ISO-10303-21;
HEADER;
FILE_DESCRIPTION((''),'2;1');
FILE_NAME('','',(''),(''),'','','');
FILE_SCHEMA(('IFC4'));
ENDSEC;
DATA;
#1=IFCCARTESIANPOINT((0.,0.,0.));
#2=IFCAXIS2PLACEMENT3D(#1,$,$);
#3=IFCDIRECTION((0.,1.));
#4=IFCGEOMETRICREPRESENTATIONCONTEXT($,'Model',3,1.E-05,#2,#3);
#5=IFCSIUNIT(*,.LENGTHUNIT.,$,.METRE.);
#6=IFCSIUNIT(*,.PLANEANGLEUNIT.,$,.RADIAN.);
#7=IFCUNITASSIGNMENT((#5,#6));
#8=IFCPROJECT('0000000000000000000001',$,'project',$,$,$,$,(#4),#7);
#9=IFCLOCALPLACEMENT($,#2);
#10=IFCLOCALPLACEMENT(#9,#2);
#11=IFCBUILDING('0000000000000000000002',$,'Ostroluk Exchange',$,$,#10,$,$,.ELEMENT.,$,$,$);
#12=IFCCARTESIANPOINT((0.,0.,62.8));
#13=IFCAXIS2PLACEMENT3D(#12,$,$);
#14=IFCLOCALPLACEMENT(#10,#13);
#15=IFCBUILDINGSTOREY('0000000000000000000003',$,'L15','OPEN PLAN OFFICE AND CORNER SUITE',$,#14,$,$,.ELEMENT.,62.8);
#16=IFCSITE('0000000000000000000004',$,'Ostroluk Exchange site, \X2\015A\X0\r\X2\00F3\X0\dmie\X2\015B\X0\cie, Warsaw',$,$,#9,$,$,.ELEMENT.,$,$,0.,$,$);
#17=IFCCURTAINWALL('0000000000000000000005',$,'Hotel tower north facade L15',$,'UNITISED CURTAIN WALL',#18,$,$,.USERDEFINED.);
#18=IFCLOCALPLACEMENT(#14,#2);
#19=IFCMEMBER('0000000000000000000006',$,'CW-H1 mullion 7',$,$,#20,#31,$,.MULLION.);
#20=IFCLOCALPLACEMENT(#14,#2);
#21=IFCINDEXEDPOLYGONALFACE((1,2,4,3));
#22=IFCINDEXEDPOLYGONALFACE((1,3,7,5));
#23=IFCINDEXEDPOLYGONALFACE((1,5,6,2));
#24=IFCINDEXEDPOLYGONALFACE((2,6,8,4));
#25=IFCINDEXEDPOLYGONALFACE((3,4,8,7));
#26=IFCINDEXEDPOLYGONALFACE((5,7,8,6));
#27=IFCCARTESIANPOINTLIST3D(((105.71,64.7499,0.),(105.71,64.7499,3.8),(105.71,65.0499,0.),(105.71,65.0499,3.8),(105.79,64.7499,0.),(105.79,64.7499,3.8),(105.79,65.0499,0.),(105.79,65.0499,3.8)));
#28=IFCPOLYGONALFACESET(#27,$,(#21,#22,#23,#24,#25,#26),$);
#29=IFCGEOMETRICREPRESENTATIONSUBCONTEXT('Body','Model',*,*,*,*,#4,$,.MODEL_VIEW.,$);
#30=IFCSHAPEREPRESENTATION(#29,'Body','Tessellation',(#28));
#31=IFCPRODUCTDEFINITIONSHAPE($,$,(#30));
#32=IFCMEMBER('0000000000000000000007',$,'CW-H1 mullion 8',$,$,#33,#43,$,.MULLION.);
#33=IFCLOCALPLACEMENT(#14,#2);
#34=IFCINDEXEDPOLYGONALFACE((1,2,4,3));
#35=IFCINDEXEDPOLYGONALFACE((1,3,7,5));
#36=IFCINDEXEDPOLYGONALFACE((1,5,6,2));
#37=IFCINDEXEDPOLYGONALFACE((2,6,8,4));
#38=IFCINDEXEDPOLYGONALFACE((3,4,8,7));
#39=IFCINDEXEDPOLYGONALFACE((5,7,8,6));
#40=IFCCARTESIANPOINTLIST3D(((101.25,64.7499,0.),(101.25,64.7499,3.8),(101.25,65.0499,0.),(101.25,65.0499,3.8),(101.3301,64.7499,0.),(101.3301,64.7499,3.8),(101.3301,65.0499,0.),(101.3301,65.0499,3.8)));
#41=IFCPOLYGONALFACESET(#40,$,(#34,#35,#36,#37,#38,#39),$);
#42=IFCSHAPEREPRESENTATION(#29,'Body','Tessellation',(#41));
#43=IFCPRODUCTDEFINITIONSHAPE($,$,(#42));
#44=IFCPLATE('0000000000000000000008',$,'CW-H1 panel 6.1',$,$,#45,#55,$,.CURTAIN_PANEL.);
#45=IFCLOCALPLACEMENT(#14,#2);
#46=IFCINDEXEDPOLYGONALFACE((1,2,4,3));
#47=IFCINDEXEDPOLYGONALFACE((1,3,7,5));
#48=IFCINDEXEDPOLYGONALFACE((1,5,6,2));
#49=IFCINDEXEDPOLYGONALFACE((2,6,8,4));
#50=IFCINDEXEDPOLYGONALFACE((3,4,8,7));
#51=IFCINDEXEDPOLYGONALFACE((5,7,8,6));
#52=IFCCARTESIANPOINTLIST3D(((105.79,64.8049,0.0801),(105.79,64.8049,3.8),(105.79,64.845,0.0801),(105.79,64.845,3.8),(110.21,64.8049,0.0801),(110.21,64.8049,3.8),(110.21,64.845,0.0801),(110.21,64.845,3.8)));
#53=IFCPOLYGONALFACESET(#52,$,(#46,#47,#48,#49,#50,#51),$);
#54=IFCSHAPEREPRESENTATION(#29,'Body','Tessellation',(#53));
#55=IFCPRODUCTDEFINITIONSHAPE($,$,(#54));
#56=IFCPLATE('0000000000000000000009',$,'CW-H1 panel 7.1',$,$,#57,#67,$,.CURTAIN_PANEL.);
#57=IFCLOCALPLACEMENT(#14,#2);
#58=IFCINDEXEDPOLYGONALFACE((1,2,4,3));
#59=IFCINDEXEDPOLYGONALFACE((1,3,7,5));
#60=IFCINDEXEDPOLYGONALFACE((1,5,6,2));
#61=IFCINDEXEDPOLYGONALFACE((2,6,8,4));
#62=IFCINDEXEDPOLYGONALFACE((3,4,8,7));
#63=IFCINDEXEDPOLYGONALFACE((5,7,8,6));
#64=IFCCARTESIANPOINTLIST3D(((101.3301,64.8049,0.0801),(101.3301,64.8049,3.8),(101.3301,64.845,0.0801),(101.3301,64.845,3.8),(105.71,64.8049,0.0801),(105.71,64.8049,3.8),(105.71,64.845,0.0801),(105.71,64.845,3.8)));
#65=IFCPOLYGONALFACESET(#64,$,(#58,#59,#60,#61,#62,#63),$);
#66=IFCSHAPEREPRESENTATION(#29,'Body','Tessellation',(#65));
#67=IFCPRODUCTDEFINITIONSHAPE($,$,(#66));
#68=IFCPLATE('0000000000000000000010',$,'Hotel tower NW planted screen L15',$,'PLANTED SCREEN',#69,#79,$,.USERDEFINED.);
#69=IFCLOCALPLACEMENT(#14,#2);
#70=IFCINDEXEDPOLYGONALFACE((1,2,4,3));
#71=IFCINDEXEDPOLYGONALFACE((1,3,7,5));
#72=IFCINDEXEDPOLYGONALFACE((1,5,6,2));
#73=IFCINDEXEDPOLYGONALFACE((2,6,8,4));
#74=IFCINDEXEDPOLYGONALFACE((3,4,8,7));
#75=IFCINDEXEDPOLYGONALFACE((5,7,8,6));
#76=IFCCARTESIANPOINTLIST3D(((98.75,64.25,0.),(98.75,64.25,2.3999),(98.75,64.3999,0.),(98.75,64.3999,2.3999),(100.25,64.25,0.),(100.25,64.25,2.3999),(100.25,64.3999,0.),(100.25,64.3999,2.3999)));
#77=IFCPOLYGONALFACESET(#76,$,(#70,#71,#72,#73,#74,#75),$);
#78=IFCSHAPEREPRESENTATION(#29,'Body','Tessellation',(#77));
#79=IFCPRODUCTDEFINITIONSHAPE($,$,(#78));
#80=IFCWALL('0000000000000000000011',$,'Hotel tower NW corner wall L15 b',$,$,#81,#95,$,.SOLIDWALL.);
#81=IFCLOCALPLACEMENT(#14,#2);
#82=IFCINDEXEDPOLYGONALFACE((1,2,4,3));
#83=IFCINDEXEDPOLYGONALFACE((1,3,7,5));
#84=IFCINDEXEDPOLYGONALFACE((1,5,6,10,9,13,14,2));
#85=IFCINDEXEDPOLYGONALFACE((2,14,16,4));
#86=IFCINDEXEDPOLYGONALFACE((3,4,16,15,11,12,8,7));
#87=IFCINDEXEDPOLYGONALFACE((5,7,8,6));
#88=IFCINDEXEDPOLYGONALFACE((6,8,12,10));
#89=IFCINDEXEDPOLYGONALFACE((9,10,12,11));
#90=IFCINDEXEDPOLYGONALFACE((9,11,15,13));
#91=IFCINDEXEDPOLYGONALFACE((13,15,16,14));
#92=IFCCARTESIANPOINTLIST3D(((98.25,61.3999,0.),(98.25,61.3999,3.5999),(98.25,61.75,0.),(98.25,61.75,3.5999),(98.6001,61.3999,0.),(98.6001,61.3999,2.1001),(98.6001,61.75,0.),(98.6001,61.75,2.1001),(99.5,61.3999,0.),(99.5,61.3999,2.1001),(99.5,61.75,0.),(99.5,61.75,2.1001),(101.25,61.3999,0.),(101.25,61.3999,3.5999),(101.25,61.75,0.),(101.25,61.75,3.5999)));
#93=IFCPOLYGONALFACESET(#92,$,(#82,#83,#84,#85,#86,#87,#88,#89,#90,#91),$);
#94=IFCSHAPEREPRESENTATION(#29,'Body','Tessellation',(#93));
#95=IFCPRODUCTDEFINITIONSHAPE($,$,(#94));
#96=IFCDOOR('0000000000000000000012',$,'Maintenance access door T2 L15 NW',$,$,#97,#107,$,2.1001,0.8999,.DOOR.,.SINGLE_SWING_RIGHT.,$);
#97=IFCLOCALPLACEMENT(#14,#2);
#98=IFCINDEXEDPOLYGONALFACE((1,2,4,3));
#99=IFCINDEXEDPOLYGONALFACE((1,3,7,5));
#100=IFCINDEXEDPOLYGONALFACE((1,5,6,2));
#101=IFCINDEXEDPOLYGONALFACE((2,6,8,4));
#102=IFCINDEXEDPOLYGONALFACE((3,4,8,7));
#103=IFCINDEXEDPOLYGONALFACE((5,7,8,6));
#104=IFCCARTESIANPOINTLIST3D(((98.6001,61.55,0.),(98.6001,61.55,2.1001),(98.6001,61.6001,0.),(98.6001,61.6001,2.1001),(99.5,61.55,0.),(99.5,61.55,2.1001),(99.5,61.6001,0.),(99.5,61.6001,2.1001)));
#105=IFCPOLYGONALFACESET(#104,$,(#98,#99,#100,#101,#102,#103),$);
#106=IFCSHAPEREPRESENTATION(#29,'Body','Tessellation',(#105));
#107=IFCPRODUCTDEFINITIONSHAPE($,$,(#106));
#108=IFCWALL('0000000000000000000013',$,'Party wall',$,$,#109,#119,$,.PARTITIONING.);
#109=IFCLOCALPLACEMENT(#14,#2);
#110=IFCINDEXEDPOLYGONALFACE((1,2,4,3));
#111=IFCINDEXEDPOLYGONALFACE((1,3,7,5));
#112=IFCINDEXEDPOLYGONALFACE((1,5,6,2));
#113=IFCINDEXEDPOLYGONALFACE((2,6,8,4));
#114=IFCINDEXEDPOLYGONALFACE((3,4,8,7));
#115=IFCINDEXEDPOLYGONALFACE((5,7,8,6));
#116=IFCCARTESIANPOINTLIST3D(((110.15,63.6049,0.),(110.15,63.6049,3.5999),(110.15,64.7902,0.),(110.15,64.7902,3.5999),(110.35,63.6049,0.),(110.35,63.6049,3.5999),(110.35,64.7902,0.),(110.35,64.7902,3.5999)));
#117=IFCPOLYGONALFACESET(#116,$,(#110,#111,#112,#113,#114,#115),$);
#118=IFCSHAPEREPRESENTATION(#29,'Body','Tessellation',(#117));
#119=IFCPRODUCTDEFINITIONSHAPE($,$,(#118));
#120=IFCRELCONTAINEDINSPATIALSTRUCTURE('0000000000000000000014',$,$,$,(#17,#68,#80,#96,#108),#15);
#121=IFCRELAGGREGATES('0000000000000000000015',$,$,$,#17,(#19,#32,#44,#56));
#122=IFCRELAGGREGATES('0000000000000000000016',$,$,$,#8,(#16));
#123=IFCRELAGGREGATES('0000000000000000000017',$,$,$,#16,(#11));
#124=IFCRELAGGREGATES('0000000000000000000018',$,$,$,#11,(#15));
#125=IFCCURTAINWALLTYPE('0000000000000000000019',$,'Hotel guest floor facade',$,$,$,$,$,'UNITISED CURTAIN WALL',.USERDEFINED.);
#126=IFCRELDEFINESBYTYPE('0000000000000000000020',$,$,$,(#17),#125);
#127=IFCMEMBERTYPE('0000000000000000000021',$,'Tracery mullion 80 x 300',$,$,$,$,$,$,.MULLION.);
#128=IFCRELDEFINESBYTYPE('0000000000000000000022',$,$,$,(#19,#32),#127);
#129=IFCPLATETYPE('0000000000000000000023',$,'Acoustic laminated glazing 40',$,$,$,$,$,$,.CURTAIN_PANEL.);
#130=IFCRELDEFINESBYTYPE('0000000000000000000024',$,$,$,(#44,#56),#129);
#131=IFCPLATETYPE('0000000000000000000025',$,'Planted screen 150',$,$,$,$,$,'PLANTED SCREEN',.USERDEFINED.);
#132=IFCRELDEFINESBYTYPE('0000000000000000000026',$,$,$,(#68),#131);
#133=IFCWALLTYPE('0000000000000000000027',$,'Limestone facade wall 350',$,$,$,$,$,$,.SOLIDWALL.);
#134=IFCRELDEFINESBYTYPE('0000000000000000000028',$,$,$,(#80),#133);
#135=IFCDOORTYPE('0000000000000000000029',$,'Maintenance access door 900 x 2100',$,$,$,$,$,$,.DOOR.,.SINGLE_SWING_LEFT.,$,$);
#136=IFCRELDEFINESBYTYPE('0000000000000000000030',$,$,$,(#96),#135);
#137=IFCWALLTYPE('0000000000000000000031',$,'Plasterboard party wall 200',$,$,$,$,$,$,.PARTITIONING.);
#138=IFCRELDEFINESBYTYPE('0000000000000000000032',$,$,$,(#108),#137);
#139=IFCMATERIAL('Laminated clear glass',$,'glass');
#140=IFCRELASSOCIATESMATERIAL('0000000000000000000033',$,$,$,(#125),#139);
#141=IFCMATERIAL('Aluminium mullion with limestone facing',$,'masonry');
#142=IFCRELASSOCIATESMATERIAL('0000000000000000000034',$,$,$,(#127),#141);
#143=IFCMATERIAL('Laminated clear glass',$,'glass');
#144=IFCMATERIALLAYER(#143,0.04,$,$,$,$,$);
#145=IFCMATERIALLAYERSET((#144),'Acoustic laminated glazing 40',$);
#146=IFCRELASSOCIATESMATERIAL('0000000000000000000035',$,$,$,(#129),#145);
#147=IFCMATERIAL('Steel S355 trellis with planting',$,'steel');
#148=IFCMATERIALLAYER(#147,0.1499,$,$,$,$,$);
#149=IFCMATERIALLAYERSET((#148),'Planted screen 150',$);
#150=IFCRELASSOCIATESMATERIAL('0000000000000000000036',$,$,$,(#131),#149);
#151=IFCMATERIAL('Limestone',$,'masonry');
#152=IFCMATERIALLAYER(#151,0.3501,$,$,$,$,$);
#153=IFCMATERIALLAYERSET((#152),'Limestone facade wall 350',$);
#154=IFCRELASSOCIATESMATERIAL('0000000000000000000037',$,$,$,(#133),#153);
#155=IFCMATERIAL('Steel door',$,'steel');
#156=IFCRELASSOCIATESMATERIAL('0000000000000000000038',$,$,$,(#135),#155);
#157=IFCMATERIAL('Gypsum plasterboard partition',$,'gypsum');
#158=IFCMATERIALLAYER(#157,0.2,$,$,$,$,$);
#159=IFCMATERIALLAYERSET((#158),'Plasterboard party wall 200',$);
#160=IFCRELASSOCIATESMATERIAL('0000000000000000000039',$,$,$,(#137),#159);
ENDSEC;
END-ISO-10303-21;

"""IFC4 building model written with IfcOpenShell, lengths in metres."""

from ifc_helpers import new_model, si_unit, direction, frame, frame_2d, origin, origin_2d, place, context, subcontext, project, spatial, rectangle, extrude, material, layer, layer_set, material_profile, profile_set, type_object, element, fill, aggregate, save


model = new_model("IFC4")

# Units and contexts
model_context = context("Model", 3, precision=1e-05, world=origin(), true_north=direction((0.0, 1.0)))
body_context = subcontext(model_context, "Body", "Model", "MODEL_VIEW")
ifc_project = project(units=[si_unit("LENGTHUNIT", "METRE"), si_unit("PLANEANGLEUNIT", "RADIAN")], contexts=[model_context])

# Site, building, storey
site_placement = place(None, origin())
site = spatial("IfcSite", under=ifc_project, at=site_placement, Name="Ostroluk Exchange site, Śródmieście, Warsaw", CompositionType="ELEMENT", RefElevation=0.0)
building_placement = place(site_placement, origin())
building = spatial("IfcBuilding", under=site, at=building_placement, Name="Ostroluk Exchange", CompositionType="ELEMENT")
storey_placement = place(building_placement, frame((0.0, 0.0, 62.8)))
storey = spatial("IfcBuildingStorey", under=building, at=storey_placement, Name="L15", Description="OPEN PLAN OFFICE AND CORNER SUITE", CompositionType="ELEMENT", Elevation=62.8)

# Curtain wall, members, plates
ifc_material_1 = material(Name="Laminated clear glass", Category="glass")
curtain_wall_type = type_object("IfcCurtainWallType", Name="Hotel guest floor facade", ElementType="UNITISED CURTAIN WALL", PredefinedType="USERDEFINED", material=ifc_material_1)
curtain_wall_placement = place(storey_placement, origin())
curtain_wall = element("IfcCurtainWall", 1, at=curtain_wall_placement, inside=storey, type_object=curtain_wall_type, Name="Hotel tower north facade L15", ObjectType="UNITISED CURTAIN WALL", PredefinedType="USERDEFINED")
ifc_material_2 = material(Name="Aluminium mullion with limestone facing", Category="masonry")
ifc_material_profile_1 = material_profile(ifc_material_2, rectangle(XDim=0.3, YDim=0.0801, at=origin_2d()), Name="Tracery mullion 80 x 300")
ifc_profile_set_1 = profile_set([ifc_material_profile_1], Name="Aluminium mullion with limestone facing")
member_type_1 = type_object("IfcMemberType", Name="Tracery mullion 80 x 300", PredefinedType="MULLION", material=ifc_profile_set_1)
member_1_placement = place(storey_placement, frame((105.75, 64.8999, 0.0), z_axis=(0.0, 0.0, 1.0), x_axis=(0.0, -1.0, 0.0)))
member_1 = element("IfcMember", 2, at=member_1_placement, type_object=member_type_1, Name="CW-H1 mullion 7", PredefinedType="MULLION", context=body_context, shape_type="SweptSolid", body=[
    extrude(rectangle(XDim=0.3, YDim=0.0801, at=origin_2d()), origin(), (0.0, 0.0, 1.0), 3.8),
])
member_2_placement = place(storey_placement, frame((101.29, 64.8999, 0.0), z_axis=(0.0, 0.0, 1.0), x_axis=(0.0, -1.0, 0.0)))
member_2 = element("IfcMember", 3, at=member_2_placement, type_object=member_type_1, Name="CW-H1 mullion 8", PredefinedType="MULLION", context=body_context, shape_type="SweptSolid", body=[
    extrude(rectangle(XDim=0.3, YDim=0.0801, at=origin_2d()), origin(), (0.0, 0.0, 1.0), 3.8),
])
ifc_material_3 = material(Name="Laminated clear glass", Category="glass")
ifc_layer_1 = layer(ifc_material_3, 0.04)
ifc_layer_set_1 = layer_set([ifc_layer_1], Name="Acoustic laminated glazing 40")
plate_type_1 = type_object("IfcPlateType", Name="Acoustic laminated glazing 40", PredefinedType="CURTAIN_PANEL", material=ifc_layer_set_1)
plate_1_placement = place(storey_placement, frame((108.0, 64.825, 0.0801), z_axis=(0.0, 0.0, 1.0), x_axis=(-1.0, 0.0, 0.0)))
plate_1 = element("IfcPlate", 4, at=plate_1_placement, type_object=plate_type_1, Name="CW-H1 panel 6.1", PredefinedType="CURTAIN_PANEL", context=body_context, shape_type="SweptSolid", body=[
    extrude(rectangle(XDim=4.4199, YDim=0.04, at=origin_2d()), origin(), (0.0, 0.0, 1.0), 3.72),
])
plate_2_placement = place(storey_placement, frame((103.52, 64.825, 0.0801), z_axis=(0.0, 0.0, 1.0), x_axis=(-1.0, 0.0, 0.0)))
plate_2 = element("IfcPlate", 5, at=plate_2_placement, type_object=plate_type_1, Name="CW-H1 panel 7.1", PredefinedType="CURTAIN_PANEL", context=body_context, shape_type="SweptSolid", body=[
    extrude(rectangle(XDim=4.3799, YDim=0.04, at=origin_2d()), origin(), (0.0, 0.0, 1.0), 3.72),
])
aggregate(curtain_wall, [member_1, member_2, plate_1, plate_2])

# Plate
ifc_material_4 = material(Name="Steel S355 trellis with planting", Category="steel")
ifc_layer_2 = layer(ifc_material_4, 0.1499)
ifc_layer_set_2 = layer_set([ifc_layer_2], Name="Planted screen 150")
plate_type_2 = type_object("IfcPlateType", Name="Planted screen 150", ElementType="PLANTED SCREEN", PredefinedType="USERDEFINED", material=ifc_layer_set_2)
plate_3_placement = place(storey_placement, frame((99.5, 64.325, 0.0), z_axis=(0.0, 0.0, 1.0), x_axis=(1.0, 0.0, 0.0)))
element("IfcPlate", 6, at=plate_3_placement, inside=storey, type_object=plate_type_2, Name="Hotel tower NW planted screen L15", ObjectType="PLANTED SCREEN", PredefinedType="USERDEFINED", context=body_context, shape_type="SweptSolid", body=[
    extrude(rectangle(XDim=1.5, YDim=0.1499, at=origin_2d()), origin(), (0.0, 0.0, 1.0), 2.3999),
])

# Wall, opening, door
ifc_material_5 = material(Name="Limestone", Category="masonry")
ifc_layer_3 = layer(ifc_material_5, 0.3501)
ifc_layer_set_3 = layer_set([ifc_layer_3], Name="Limestone facade wall 350")
wall_type_1 = type_object("IfcWallType", Name="Limestone facade wall 350", PredefinedType="SOLIDWALL", material=ifc_layer_set_3)
wall_1_placement = place(storey_placement, frame((101.25, 61.575, 0.0), z_axis=(0.0, 0.0, 1.0), x_axis=(-1.0, 0.0, 0.0)))
wall_1 = element("IfcWall", 7, at=wall_1_placement, inside=storey, type_object=wall_type_1, Name="Hotel tower NW corner wall L15 b", PredefinedType="SOLIDWALL", context=body_context, shape_type="SweptSolid", body=[
    extrude(rectangle(XDim=3.0, YDim=0.3501, at=frame_2d((1.5, 0.0))), origin(), (0.0, 0.0, 1.0), 3.5999),
])
opening_1_placement = place(wall_1_placement, frame((1.75, 0.0, 0.0)))
opening_1 = element("IfcOpeningElement", 8, at=opening_1_placement, cuts=wall_1, PredefinedType="OPENING", context=body_context, shape_type="SweptSolid", body=[
    extrude(rectangle(XDim=0.8999, YDim=2.1001, at=frame_2d((0.45, 1.05))), frame((0.0, 0.1851, 0.0), z_axis=(0.0, -1.0, 0.0), x_axis=(1.0, 0.0, 0.0)), (0.0, 0.0, 1.0), 0.3701),
])
ifc_material_6 = material(Name="Steel door", Category="steel")
door_type_1 = type_object("IfcDoorType", Name="Maintenance access door 900 x 2100", OperationType="SINGLE_SWING_LEFT", PredefinedType="DOOR", material=ifc_material_6)
door_1_placement = place(opening_1_placement, origin())
door_1 = element("IfcDoor", 9, at=door_1_placement, inside=storey, type_object=door_type_1, Name="Maintenance access door T2 L15 NW", OperationType="SINGLE_SWING_RIGHT", OverallHeight=2.1001, OverallWidth=0.8999, PredefinedType="DOOR", context=body_context, shape_type="SweptSolid", body=[
    extrude(rectangle(XDim=0.8999, YDim=2.1001, at=frame_2d((0.45, 1.05))), frame((0.0, 0.0249, 0.0), z_axis=(0.0, -1.0, 0.0), x_axis=(1.0, 0.0, 0.0)), (0.0, 0.0, 1.0), 0.05),
])
fill(opening_1, door_1)

# Wall
ifc_material_7 = material(Name="Gypsum plasterboard partition", Category="gypsum")
ifc_layer_4 = layer(ifc_material_7, 0.2)
ifc_layer_set_4 = layer_set([ifc_layer_4], Name="Plasterboard party wall 200")
wall_type_2 = type_object("IfcWallType", Name="Plasterboard party wall 200", PredefinedType="PARTITIONING", material=ifc_layer_set_4)
wall_2_placement = place(storey_placement, frame((110.25, 63.6047, 0.0), z_axis=(0.0, 0.0, 1.0), x_axis=(0.0, 1.0, 0.0)))
element("IfcWall", 10, at=wall_2_placement, inside=storey, type_object=wall_type_2, Name="Party wall", PredefinedType="PARTITIONING", context=body_context, shape_type="SweptSolid", body=[
    extrude(rectangle(XDim=1.1853, YDim=0.2, at=frame_2d((0.5928, 0.0))), origin(), (0.0, 0.0, 1.0), 3.5999),
])

save(model, "model.ifc")
